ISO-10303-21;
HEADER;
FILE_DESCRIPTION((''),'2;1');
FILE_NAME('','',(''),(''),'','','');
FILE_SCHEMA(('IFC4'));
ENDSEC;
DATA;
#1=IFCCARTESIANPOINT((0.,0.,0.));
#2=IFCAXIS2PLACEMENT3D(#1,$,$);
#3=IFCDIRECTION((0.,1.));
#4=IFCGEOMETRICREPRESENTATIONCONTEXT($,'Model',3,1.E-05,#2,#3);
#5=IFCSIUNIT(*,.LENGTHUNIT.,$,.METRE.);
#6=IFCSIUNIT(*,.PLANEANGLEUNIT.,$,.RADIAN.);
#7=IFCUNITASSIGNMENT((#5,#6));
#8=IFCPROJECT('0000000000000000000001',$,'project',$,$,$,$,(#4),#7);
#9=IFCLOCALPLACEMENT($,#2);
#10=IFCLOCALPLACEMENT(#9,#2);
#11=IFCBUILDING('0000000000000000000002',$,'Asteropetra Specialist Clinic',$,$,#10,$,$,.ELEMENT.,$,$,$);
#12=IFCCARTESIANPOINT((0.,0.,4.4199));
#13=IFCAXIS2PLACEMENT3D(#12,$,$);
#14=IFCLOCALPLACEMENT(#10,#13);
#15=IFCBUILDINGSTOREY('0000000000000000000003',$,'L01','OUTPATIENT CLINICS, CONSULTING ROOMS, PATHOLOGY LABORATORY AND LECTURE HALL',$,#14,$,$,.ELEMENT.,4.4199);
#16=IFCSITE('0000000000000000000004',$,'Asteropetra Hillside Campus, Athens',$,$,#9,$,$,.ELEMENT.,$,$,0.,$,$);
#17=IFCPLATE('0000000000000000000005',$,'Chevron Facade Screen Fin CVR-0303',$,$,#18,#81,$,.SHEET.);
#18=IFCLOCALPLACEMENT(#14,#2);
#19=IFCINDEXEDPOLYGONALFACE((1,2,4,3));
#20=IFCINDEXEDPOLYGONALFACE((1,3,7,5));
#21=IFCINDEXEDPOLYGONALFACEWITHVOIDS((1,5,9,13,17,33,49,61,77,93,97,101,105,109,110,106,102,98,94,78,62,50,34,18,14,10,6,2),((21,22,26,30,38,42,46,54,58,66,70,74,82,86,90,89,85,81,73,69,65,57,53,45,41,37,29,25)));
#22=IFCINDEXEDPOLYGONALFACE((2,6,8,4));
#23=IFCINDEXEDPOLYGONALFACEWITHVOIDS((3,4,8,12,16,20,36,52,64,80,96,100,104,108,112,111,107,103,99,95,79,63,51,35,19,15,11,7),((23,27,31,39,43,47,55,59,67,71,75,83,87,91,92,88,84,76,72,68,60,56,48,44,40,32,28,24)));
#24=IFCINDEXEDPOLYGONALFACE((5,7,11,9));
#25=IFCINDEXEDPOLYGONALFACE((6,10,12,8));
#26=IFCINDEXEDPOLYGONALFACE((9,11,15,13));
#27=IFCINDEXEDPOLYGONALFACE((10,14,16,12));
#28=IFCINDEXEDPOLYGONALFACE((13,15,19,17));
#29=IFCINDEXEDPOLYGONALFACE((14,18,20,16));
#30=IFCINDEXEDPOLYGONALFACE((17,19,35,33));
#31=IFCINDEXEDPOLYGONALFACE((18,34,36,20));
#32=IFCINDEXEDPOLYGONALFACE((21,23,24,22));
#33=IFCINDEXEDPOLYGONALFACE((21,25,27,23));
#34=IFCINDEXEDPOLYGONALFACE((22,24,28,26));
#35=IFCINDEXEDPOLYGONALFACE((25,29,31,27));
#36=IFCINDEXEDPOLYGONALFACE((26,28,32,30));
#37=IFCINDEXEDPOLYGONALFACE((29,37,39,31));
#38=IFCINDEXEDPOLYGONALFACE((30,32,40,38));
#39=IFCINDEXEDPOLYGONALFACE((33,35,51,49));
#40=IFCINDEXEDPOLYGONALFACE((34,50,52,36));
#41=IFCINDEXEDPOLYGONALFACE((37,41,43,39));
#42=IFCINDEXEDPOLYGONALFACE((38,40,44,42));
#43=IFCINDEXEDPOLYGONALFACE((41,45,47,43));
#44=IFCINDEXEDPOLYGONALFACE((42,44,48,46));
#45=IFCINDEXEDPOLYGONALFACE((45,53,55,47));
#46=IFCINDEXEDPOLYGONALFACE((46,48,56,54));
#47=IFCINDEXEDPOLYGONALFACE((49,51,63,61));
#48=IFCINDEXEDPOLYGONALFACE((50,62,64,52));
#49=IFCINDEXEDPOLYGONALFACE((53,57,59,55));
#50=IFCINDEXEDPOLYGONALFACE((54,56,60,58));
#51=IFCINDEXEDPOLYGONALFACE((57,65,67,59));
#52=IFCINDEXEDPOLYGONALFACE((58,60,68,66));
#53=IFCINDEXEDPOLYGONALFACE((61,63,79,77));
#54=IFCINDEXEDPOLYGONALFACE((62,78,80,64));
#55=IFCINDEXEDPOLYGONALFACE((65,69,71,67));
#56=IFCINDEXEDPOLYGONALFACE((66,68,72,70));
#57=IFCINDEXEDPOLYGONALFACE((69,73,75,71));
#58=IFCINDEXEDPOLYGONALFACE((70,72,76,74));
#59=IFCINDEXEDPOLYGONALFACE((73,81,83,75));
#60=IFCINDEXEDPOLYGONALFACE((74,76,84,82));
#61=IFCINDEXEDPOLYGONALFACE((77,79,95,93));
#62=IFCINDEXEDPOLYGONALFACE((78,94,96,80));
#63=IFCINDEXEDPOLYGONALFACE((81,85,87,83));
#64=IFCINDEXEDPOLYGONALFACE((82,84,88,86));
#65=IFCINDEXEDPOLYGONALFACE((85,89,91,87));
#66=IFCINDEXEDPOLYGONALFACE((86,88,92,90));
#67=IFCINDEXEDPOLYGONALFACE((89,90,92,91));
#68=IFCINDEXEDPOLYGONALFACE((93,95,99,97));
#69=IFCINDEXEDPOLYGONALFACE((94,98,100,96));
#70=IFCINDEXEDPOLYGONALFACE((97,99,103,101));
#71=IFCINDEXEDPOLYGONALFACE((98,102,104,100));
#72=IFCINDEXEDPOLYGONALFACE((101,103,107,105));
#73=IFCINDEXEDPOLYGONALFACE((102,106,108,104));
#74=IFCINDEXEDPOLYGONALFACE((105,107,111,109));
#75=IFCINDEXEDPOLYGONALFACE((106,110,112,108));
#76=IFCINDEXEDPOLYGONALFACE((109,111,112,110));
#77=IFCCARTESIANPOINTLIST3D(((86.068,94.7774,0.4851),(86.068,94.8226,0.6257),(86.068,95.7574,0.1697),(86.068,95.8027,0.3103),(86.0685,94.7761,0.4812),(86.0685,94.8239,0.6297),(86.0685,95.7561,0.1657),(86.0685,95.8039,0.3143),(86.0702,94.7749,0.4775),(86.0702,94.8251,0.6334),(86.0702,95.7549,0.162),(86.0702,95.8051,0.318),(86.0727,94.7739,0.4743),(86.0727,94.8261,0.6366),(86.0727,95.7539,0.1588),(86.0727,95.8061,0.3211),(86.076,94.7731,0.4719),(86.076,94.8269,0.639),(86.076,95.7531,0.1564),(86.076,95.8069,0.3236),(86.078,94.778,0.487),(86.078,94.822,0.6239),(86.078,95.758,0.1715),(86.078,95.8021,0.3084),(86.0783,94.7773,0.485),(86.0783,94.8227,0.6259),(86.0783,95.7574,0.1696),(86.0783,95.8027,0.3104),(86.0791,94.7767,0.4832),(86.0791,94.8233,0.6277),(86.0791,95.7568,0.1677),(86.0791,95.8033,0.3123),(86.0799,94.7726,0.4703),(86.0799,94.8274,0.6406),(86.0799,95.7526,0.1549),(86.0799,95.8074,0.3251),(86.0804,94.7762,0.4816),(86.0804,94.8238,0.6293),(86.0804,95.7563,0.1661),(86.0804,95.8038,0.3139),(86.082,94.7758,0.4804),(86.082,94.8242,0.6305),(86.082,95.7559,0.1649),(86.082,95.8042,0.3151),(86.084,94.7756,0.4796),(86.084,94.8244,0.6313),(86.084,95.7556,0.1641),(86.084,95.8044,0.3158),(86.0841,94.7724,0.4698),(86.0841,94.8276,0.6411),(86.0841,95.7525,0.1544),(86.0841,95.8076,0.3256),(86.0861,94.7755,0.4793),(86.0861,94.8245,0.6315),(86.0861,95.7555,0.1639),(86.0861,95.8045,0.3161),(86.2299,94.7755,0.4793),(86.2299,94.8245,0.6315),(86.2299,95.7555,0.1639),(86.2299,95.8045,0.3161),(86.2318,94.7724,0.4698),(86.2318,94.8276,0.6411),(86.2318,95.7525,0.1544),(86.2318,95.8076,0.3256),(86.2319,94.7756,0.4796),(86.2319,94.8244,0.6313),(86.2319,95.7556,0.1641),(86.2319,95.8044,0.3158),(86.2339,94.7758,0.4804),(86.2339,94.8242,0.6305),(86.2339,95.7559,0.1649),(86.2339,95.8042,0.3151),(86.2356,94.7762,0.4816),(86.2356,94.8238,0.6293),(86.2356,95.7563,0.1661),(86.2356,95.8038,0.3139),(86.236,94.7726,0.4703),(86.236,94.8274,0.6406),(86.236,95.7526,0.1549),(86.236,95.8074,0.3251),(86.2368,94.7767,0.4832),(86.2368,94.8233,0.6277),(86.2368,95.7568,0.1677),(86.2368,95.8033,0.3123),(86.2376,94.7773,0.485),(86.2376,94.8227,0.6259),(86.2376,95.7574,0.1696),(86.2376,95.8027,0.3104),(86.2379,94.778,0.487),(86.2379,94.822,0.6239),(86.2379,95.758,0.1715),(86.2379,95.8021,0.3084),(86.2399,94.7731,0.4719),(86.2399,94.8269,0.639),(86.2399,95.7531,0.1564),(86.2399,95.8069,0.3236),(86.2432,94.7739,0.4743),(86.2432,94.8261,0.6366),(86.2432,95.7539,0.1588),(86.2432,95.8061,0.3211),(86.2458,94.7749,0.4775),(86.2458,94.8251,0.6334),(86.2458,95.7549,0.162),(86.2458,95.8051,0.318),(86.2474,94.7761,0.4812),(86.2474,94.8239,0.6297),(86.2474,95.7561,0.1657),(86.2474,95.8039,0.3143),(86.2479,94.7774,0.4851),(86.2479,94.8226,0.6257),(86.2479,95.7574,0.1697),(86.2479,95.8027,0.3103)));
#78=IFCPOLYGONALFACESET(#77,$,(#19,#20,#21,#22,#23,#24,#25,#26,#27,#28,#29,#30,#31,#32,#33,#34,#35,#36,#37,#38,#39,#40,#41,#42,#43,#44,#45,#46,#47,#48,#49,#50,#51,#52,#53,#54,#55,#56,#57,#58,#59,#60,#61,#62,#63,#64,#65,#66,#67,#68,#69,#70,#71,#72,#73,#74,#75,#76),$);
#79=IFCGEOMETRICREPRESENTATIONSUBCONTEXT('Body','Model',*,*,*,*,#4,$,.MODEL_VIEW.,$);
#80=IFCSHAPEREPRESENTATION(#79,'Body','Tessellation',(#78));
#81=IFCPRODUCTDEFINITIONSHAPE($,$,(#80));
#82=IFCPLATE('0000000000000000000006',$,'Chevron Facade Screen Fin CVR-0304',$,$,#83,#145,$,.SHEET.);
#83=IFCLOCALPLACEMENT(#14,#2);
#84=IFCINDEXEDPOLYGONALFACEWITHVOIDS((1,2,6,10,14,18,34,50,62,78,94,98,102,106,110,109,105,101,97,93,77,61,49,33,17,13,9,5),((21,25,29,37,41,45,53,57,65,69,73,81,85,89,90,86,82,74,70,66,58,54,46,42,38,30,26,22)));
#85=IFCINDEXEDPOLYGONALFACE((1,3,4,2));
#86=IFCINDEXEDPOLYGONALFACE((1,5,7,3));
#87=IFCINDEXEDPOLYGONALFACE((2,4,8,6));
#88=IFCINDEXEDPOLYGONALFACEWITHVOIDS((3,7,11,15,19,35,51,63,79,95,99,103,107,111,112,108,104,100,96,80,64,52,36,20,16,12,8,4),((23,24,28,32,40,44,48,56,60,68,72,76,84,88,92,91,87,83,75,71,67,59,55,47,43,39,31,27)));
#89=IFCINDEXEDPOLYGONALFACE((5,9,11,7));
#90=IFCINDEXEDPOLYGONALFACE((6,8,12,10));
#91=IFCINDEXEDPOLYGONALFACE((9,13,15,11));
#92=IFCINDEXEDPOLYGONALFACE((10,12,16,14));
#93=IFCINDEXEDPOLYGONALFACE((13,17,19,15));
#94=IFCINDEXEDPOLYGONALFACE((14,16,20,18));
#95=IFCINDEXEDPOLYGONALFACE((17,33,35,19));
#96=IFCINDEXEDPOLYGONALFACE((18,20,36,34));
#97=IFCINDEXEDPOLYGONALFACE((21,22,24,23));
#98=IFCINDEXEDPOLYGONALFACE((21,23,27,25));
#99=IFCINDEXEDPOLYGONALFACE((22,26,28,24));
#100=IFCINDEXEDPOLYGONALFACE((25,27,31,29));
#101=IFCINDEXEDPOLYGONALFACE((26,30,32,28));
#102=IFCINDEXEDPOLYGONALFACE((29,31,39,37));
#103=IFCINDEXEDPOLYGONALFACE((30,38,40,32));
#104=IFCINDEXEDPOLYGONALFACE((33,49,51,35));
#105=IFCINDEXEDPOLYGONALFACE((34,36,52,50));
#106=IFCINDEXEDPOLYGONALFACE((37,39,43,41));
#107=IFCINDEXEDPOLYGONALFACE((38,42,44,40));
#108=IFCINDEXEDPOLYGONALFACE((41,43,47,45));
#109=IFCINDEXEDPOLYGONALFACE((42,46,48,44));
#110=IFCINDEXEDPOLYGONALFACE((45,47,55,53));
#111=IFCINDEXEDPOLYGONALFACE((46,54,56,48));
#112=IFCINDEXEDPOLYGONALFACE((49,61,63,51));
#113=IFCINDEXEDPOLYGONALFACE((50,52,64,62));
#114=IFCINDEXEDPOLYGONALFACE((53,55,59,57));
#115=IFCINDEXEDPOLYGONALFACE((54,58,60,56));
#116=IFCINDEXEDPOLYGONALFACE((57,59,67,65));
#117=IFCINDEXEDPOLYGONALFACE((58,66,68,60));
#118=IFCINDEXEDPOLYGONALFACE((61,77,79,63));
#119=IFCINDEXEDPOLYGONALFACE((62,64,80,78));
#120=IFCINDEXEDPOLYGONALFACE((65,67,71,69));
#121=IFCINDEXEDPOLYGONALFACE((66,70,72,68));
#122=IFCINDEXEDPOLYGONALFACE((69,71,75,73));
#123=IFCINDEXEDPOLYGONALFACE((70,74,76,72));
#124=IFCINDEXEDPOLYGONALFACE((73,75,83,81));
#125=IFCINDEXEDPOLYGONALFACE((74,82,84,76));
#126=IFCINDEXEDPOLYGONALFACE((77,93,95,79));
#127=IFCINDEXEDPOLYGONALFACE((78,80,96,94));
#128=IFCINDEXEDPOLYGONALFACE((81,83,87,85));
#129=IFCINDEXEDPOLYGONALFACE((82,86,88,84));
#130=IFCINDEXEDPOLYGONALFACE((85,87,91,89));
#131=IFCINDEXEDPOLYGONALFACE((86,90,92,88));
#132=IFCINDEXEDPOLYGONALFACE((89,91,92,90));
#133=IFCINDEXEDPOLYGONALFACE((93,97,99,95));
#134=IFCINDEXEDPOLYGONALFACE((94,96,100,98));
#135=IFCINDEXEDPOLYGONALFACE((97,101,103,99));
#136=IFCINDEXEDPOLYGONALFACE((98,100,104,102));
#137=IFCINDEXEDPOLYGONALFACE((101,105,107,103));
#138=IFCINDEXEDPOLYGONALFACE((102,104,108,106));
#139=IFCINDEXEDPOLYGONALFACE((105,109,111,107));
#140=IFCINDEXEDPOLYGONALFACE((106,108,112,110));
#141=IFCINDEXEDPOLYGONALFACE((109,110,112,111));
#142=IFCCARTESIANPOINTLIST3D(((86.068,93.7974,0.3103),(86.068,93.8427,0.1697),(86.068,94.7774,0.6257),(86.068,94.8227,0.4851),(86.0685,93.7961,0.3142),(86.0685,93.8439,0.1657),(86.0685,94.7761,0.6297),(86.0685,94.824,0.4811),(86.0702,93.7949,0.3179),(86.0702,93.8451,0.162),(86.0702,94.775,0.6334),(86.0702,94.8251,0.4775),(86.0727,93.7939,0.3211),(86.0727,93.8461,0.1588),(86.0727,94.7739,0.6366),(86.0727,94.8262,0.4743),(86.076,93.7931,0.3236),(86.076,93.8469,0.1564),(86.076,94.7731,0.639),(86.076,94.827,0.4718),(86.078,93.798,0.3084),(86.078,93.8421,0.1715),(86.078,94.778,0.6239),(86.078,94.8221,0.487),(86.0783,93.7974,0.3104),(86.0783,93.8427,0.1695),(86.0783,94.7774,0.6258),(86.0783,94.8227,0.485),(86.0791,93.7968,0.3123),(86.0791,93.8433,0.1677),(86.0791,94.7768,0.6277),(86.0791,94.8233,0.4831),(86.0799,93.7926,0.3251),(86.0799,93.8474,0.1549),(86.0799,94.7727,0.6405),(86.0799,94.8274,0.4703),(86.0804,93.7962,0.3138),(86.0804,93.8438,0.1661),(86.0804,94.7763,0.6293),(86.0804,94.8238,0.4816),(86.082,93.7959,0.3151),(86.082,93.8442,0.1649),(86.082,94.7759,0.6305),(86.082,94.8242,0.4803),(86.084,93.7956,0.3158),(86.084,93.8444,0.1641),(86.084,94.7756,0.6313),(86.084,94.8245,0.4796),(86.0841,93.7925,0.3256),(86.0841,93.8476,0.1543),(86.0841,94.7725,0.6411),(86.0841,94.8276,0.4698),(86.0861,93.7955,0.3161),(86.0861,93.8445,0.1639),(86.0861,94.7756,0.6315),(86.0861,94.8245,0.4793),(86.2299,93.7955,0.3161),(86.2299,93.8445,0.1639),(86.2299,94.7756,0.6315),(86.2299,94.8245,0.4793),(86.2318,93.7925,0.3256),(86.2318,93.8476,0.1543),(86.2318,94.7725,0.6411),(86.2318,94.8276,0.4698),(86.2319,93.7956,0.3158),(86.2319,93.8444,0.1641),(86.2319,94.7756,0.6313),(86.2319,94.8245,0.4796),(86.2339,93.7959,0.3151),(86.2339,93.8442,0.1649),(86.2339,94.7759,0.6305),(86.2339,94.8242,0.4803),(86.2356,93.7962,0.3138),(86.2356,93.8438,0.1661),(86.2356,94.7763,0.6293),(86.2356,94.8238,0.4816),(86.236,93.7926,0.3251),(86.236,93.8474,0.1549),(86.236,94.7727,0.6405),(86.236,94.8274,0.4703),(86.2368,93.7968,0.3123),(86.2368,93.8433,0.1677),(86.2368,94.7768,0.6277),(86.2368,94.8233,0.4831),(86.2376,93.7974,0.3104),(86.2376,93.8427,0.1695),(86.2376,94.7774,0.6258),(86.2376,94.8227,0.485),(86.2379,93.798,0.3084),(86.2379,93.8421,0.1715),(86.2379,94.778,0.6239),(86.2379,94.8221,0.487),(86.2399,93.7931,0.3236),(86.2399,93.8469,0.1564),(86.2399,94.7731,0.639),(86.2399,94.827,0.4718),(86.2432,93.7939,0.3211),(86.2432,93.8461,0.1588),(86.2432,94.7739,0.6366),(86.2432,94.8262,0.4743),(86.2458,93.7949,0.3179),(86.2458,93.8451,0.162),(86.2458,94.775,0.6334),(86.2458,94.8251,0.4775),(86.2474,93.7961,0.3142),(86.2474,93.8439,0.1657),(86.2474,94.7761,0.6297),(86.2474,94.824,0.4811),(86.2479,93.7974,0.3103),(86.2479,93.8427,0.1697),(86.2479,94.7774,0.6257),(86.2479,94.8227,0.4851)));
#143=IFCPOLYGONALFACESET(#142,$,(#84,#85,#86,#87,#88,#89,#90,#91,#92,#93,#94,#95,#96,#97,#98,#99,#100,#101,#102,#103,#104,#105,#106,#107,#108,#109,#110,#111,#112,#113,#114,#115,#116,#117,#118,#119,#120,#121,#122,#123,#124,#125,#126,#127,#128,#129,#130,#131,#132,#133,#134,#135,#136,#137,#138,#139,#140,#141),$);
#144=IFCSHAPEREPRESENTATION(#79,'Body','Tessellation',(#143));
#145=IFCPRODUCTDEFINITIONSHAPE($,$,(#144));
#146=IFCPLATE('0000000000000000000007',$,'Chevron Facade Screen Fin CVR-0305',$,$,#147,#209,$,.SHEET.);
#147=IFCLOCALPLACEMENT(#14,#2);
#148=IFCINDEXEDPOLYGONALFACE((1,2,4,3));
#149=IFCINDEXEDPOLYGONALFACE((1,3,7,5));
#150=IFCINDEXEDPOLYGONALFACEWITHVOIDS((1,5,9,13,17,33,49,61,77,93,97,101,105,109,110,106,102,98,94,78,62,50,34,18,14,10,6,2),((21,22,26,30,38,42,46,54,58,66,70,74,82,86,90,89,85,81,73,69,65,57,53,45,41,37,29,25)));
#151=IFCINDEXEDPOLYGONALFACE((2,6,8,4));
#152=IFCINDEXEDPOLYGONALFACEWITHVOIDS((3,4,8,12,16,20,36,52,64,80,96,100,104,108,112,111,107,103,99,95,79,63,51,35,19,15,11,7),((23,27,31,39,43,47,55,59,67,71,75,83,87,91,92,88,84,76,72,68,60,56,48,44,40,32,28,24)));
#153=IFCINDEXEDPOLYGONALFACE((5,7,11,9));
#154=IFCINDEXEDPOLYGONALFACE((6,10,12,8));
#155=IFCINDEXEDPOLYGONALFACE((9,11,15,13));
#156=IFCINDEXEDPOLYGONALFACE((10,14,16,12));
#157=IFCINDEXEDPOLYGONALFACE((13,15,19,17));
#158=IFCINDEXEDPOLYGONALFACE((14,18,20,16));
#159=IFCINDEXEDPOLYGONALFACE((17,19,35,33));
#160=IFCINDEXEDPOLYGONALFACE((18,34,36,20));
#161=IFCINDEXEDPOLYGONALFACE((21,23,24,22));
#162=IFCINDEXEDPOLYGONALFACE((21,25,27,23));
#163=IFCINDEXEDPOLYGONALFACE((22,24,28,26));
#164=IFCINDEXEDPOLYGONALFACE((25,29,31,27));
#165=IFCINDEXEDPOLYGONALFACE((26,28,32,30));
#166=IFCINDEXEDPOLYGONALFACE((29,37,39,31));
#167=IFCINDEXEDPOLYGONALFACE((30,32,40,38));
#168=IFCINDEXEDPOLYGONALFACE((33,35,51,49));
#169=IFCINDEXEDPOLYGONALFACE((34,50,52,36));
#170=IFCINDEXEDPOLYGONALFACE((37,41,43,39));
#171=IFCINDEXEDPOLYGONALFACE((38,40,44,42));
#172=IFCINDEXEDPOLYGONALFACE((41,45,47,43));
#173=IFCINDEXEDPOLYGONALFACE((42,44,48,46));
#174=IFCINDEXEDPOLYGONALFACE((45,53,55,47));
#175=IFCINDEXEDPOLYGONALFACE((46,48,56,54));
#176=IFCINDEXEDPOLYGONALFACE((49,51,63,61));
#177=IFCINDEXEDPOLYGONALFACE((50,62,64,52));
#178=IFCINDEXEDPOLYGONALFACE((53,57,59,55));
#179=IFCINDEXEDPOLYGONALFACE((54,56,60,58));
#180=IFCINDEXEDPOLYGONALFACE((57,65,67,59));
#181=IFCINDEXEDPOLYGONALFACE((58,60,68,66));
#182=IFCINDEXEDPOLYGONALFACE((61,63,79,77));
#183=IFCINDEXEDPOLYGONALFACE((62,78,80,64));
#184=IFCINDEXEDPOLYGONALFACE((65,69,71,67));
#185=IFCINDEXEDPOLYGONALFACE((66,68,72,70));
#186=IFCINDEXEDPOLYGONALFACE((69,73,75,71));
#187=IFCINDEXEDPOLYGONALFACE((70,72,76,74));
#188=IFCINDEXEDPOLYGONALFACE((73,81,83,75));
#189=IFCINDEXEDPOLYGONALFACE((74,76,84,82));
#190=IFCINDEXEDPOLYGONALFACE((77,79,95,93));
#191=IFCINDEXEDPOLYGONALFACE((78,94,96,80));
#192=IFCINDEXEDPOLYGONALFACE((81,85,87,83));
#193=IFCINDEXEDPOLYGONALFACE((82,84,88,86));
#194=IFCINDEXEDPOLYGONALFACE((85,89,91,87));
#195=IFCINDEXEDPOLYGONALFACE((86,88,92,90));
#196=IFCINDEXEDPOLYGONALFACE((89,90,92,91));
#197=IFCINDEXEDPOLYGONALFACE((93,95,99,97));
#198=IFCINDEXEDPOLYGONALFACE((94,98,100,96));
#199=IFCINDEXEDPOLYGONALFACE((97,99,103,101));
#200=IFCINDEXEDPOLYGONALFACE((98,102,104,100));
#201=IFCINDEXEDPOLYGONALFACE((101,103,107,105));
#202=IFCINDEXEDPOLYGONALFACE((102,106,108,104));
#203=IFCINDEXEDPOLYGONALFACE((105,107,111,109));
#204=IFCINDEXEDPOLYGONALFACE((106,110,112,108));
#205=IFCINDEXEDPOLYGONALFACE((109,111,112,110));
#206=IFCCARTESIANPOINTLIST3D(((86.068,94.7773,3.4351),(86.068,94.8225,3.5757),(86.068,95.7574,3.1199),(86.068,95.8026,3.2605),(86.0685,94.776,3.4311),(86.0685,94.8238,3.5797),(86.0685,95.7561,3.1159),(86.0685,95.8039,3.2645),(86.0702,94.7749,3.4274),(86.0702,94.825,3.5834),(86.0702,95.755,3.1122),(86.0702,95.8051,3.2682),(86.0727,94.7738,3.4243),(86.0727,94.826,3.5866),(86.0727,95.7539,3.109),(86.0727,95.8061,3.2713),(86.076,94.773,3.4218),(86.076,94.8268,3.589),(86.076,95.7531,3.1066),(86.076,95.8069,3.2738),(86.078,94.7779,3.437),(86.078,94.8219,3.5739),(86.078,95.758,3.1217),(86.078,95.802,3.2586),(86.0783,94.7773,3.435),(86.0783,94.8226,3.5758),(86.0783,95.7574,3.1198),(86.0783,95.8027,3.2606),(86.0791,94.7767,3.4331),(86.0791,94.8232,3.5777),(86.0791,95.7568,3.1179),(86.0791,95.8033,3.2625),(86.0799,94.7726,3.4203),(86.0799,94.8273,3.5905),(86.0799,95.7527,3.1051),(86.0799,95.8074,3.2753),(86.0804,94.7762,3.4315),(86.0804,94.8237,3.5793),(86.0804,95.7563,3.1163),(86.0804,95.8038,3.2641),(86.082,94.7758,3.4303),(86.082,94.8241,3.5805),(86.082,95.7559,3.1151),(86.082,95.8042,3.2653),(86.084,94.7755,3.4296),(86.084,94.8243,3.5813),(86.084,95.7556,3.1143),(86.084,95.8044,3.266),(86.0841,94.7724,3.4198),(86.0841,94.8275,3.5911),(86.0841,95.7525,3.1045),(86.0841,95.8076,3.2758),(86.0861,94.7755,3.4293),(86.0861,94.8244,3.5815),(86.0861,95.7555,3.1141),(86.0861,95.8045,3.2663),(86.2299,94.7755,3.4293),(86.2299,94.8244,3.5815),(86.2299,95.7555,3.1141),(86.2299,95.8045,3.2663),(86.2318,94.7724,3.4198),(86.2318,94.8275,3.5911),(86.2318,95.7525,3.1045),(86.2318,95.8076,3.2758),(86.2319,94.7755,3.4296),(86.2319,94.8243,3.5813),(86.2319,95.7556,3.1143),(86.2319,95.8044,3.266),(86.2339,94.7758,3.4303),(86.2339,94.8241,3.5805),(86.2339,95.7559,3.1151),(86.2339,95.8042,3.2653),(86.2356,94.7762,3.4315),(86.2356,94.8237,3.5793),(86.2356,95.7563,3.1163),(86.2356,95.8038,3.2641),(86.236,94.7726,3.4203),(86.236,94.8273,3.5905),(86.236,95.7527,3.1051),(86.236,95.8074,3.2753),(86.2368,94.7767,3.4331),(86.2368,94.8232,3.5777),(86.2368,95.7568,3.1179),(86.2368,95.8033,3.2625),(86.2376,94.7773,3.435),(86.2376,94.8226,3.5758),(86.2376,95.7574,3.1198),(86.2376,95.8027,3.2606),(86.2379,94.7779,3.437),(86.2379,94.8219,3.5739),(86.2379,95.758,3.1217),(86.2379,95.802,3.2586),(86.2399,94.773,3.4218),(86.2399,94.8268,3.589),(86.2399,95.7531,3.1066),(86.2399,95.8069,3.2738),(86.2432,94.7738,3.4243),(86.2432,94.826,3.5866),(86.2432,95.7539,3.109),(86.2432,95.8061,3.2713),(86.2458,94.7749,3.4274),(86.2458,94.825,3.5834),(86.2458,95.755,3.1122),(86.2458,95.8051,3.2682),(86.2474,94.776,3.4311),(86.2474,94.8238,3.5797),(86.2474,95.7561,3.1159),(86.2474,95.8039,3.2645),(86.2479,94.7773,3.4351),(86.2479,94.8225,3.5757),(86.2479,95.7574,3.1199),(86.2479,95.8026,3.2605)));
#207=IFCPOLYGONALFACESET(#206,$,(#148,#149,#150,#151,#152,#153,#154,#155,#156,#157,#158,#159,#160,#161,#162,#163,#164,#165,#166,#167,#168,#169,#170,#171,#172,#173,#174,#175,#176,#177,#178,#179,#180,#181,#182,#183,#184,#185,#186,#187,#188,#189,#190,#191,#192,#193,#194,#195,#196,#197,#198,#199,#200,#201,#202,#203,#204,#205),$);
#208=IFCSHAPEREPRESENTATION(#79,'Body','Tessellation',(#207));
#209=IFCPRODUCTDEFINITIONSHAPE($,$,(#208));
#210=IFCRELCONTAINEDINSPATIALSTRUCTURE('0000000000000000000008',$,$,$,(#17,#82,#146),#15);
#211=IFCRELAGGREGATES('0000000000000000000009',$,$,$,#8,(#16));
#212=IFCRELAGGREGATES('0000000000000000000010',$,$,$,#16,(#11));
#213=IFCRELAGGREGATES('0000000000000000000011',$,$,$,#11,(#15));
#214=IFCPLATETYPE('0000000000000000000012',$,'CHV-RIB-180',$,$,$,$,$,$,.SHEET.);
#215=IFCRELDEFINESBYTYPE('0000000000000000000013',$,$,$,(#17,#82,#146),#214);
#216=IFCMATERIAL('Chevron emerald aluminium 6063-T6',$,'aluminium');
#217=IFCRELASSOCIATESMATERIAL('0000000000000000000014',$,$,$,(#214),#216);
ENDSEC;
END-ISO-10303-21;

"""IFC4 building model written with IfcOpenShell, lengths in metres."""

from ifc_helpers import new_model, si_unit, direction, frame, origin, origin_2d, place, context, subcontext, project, spatial, hollow_rectangle, extrude, material, material_profile, profile_set, type_object, element, save


model = new_model("IFC4")

# Units and contexts
model_context = context("Model", 3, precision=1e-05, world=origin(), true_north=direction((0.0, 1.0)))
body_context = subcontext(model_context, "Body", "Model", "MODEL_VIEW")
ifc_project = project(units=[si_unit("LENGTHUNIT", "METRE"), si_unit("PLANEANGLEUNIT", "RADIAN")], contexts=[model_context])

# Site, building, storey
site_placement = place(None, origin())
site = spatial("IfcSite", under=ifc_project, at=site_placement, Name="Asteropetra Hillside Campus, Athens", CompositionType="ELEMENT", RefElevation=0.0)
building_placement = place(site_placement, origin())
building = spatial("IfcBuilding", under=site, at=building_placement, Name="Asteropetra Specialist Clinic", CompositionType="ELEMENT")
storey_placement = place(building_placement, frame((0.0, 0.0, 4.4199)))
storey = spatial("IfcBuildingStorey", under=building, at=storey_placement, Name="L01", Description="OUTPATIENT CLINICS, CONSULTING ROOMS, PATHOLOGY LABORATORY AND LECTURE HALL", CompositionType="ELEMENT", Elevation=4.4199)

# Plates
ifc_material_1 = material(Name="Chevron emerald aluminium 6063-T6", Category="aluminium")
ifc_material_profile_1 = material_profile(ifc_material_1, hollow_rectangle(XDim=0.1799, YDim=0.1799, WallThickness=0.01, InnerFilletRadius=0.0081, OuterFilletRadius=0.0161, at=origin_2d()), Name="SHS 180x180x10.0")
ifc_profile_set_1 = profile_set([ifc_material_profile_1], Name="Chevron emerald aluminium 6063-T6")
plate_type = type_object("IfcPlateType", Name="CHV-RIB-180", PredefinedType="SHEET", material=ifc_profile_set_1)
for number, where, z_axis, x_axis, name in (
    (1, (86.158, 95.78, 0.24), (0.0, -0.951905, 0.306393), (1.0, 0.0, 0.0), "Chevron Facade Screen Fin CVR-0303"),
    (2, (86.158, 94.8, 0.5554), (0.0, -0.951905, -0.306393), (1.0, 0.0, 0.0), "Chevron Facade Screen Fin CVR-0304"),
    (3, (86.158, 95.78, 3.1902), (0.0, -0.951974, 0.306178), (1.0, 0.0, 0.0), "Chevron Facade Screen Fin CVR-0305"),
):
    element("IfcPlate", number, at=place(storey_placement, frame(where, z_axis=z_axis, x_axis=x_axis)), inside=storey, type_object=plate_type, Name=name, PredefinedType="SHEET", context=body_context, shape_type="SweptSolid", body=[
        extrude(hollow_rectangle(XDim=0.1799, YDim=0.1799, WallThickness=0.01, InnerFilletRadius=0.0081, OuterFilletRadius=0.0161, at=origin_2d()), origin(), (0.0, 0.0, 1.0), 1.0295),
    ])

save(model, "model.ifc")
